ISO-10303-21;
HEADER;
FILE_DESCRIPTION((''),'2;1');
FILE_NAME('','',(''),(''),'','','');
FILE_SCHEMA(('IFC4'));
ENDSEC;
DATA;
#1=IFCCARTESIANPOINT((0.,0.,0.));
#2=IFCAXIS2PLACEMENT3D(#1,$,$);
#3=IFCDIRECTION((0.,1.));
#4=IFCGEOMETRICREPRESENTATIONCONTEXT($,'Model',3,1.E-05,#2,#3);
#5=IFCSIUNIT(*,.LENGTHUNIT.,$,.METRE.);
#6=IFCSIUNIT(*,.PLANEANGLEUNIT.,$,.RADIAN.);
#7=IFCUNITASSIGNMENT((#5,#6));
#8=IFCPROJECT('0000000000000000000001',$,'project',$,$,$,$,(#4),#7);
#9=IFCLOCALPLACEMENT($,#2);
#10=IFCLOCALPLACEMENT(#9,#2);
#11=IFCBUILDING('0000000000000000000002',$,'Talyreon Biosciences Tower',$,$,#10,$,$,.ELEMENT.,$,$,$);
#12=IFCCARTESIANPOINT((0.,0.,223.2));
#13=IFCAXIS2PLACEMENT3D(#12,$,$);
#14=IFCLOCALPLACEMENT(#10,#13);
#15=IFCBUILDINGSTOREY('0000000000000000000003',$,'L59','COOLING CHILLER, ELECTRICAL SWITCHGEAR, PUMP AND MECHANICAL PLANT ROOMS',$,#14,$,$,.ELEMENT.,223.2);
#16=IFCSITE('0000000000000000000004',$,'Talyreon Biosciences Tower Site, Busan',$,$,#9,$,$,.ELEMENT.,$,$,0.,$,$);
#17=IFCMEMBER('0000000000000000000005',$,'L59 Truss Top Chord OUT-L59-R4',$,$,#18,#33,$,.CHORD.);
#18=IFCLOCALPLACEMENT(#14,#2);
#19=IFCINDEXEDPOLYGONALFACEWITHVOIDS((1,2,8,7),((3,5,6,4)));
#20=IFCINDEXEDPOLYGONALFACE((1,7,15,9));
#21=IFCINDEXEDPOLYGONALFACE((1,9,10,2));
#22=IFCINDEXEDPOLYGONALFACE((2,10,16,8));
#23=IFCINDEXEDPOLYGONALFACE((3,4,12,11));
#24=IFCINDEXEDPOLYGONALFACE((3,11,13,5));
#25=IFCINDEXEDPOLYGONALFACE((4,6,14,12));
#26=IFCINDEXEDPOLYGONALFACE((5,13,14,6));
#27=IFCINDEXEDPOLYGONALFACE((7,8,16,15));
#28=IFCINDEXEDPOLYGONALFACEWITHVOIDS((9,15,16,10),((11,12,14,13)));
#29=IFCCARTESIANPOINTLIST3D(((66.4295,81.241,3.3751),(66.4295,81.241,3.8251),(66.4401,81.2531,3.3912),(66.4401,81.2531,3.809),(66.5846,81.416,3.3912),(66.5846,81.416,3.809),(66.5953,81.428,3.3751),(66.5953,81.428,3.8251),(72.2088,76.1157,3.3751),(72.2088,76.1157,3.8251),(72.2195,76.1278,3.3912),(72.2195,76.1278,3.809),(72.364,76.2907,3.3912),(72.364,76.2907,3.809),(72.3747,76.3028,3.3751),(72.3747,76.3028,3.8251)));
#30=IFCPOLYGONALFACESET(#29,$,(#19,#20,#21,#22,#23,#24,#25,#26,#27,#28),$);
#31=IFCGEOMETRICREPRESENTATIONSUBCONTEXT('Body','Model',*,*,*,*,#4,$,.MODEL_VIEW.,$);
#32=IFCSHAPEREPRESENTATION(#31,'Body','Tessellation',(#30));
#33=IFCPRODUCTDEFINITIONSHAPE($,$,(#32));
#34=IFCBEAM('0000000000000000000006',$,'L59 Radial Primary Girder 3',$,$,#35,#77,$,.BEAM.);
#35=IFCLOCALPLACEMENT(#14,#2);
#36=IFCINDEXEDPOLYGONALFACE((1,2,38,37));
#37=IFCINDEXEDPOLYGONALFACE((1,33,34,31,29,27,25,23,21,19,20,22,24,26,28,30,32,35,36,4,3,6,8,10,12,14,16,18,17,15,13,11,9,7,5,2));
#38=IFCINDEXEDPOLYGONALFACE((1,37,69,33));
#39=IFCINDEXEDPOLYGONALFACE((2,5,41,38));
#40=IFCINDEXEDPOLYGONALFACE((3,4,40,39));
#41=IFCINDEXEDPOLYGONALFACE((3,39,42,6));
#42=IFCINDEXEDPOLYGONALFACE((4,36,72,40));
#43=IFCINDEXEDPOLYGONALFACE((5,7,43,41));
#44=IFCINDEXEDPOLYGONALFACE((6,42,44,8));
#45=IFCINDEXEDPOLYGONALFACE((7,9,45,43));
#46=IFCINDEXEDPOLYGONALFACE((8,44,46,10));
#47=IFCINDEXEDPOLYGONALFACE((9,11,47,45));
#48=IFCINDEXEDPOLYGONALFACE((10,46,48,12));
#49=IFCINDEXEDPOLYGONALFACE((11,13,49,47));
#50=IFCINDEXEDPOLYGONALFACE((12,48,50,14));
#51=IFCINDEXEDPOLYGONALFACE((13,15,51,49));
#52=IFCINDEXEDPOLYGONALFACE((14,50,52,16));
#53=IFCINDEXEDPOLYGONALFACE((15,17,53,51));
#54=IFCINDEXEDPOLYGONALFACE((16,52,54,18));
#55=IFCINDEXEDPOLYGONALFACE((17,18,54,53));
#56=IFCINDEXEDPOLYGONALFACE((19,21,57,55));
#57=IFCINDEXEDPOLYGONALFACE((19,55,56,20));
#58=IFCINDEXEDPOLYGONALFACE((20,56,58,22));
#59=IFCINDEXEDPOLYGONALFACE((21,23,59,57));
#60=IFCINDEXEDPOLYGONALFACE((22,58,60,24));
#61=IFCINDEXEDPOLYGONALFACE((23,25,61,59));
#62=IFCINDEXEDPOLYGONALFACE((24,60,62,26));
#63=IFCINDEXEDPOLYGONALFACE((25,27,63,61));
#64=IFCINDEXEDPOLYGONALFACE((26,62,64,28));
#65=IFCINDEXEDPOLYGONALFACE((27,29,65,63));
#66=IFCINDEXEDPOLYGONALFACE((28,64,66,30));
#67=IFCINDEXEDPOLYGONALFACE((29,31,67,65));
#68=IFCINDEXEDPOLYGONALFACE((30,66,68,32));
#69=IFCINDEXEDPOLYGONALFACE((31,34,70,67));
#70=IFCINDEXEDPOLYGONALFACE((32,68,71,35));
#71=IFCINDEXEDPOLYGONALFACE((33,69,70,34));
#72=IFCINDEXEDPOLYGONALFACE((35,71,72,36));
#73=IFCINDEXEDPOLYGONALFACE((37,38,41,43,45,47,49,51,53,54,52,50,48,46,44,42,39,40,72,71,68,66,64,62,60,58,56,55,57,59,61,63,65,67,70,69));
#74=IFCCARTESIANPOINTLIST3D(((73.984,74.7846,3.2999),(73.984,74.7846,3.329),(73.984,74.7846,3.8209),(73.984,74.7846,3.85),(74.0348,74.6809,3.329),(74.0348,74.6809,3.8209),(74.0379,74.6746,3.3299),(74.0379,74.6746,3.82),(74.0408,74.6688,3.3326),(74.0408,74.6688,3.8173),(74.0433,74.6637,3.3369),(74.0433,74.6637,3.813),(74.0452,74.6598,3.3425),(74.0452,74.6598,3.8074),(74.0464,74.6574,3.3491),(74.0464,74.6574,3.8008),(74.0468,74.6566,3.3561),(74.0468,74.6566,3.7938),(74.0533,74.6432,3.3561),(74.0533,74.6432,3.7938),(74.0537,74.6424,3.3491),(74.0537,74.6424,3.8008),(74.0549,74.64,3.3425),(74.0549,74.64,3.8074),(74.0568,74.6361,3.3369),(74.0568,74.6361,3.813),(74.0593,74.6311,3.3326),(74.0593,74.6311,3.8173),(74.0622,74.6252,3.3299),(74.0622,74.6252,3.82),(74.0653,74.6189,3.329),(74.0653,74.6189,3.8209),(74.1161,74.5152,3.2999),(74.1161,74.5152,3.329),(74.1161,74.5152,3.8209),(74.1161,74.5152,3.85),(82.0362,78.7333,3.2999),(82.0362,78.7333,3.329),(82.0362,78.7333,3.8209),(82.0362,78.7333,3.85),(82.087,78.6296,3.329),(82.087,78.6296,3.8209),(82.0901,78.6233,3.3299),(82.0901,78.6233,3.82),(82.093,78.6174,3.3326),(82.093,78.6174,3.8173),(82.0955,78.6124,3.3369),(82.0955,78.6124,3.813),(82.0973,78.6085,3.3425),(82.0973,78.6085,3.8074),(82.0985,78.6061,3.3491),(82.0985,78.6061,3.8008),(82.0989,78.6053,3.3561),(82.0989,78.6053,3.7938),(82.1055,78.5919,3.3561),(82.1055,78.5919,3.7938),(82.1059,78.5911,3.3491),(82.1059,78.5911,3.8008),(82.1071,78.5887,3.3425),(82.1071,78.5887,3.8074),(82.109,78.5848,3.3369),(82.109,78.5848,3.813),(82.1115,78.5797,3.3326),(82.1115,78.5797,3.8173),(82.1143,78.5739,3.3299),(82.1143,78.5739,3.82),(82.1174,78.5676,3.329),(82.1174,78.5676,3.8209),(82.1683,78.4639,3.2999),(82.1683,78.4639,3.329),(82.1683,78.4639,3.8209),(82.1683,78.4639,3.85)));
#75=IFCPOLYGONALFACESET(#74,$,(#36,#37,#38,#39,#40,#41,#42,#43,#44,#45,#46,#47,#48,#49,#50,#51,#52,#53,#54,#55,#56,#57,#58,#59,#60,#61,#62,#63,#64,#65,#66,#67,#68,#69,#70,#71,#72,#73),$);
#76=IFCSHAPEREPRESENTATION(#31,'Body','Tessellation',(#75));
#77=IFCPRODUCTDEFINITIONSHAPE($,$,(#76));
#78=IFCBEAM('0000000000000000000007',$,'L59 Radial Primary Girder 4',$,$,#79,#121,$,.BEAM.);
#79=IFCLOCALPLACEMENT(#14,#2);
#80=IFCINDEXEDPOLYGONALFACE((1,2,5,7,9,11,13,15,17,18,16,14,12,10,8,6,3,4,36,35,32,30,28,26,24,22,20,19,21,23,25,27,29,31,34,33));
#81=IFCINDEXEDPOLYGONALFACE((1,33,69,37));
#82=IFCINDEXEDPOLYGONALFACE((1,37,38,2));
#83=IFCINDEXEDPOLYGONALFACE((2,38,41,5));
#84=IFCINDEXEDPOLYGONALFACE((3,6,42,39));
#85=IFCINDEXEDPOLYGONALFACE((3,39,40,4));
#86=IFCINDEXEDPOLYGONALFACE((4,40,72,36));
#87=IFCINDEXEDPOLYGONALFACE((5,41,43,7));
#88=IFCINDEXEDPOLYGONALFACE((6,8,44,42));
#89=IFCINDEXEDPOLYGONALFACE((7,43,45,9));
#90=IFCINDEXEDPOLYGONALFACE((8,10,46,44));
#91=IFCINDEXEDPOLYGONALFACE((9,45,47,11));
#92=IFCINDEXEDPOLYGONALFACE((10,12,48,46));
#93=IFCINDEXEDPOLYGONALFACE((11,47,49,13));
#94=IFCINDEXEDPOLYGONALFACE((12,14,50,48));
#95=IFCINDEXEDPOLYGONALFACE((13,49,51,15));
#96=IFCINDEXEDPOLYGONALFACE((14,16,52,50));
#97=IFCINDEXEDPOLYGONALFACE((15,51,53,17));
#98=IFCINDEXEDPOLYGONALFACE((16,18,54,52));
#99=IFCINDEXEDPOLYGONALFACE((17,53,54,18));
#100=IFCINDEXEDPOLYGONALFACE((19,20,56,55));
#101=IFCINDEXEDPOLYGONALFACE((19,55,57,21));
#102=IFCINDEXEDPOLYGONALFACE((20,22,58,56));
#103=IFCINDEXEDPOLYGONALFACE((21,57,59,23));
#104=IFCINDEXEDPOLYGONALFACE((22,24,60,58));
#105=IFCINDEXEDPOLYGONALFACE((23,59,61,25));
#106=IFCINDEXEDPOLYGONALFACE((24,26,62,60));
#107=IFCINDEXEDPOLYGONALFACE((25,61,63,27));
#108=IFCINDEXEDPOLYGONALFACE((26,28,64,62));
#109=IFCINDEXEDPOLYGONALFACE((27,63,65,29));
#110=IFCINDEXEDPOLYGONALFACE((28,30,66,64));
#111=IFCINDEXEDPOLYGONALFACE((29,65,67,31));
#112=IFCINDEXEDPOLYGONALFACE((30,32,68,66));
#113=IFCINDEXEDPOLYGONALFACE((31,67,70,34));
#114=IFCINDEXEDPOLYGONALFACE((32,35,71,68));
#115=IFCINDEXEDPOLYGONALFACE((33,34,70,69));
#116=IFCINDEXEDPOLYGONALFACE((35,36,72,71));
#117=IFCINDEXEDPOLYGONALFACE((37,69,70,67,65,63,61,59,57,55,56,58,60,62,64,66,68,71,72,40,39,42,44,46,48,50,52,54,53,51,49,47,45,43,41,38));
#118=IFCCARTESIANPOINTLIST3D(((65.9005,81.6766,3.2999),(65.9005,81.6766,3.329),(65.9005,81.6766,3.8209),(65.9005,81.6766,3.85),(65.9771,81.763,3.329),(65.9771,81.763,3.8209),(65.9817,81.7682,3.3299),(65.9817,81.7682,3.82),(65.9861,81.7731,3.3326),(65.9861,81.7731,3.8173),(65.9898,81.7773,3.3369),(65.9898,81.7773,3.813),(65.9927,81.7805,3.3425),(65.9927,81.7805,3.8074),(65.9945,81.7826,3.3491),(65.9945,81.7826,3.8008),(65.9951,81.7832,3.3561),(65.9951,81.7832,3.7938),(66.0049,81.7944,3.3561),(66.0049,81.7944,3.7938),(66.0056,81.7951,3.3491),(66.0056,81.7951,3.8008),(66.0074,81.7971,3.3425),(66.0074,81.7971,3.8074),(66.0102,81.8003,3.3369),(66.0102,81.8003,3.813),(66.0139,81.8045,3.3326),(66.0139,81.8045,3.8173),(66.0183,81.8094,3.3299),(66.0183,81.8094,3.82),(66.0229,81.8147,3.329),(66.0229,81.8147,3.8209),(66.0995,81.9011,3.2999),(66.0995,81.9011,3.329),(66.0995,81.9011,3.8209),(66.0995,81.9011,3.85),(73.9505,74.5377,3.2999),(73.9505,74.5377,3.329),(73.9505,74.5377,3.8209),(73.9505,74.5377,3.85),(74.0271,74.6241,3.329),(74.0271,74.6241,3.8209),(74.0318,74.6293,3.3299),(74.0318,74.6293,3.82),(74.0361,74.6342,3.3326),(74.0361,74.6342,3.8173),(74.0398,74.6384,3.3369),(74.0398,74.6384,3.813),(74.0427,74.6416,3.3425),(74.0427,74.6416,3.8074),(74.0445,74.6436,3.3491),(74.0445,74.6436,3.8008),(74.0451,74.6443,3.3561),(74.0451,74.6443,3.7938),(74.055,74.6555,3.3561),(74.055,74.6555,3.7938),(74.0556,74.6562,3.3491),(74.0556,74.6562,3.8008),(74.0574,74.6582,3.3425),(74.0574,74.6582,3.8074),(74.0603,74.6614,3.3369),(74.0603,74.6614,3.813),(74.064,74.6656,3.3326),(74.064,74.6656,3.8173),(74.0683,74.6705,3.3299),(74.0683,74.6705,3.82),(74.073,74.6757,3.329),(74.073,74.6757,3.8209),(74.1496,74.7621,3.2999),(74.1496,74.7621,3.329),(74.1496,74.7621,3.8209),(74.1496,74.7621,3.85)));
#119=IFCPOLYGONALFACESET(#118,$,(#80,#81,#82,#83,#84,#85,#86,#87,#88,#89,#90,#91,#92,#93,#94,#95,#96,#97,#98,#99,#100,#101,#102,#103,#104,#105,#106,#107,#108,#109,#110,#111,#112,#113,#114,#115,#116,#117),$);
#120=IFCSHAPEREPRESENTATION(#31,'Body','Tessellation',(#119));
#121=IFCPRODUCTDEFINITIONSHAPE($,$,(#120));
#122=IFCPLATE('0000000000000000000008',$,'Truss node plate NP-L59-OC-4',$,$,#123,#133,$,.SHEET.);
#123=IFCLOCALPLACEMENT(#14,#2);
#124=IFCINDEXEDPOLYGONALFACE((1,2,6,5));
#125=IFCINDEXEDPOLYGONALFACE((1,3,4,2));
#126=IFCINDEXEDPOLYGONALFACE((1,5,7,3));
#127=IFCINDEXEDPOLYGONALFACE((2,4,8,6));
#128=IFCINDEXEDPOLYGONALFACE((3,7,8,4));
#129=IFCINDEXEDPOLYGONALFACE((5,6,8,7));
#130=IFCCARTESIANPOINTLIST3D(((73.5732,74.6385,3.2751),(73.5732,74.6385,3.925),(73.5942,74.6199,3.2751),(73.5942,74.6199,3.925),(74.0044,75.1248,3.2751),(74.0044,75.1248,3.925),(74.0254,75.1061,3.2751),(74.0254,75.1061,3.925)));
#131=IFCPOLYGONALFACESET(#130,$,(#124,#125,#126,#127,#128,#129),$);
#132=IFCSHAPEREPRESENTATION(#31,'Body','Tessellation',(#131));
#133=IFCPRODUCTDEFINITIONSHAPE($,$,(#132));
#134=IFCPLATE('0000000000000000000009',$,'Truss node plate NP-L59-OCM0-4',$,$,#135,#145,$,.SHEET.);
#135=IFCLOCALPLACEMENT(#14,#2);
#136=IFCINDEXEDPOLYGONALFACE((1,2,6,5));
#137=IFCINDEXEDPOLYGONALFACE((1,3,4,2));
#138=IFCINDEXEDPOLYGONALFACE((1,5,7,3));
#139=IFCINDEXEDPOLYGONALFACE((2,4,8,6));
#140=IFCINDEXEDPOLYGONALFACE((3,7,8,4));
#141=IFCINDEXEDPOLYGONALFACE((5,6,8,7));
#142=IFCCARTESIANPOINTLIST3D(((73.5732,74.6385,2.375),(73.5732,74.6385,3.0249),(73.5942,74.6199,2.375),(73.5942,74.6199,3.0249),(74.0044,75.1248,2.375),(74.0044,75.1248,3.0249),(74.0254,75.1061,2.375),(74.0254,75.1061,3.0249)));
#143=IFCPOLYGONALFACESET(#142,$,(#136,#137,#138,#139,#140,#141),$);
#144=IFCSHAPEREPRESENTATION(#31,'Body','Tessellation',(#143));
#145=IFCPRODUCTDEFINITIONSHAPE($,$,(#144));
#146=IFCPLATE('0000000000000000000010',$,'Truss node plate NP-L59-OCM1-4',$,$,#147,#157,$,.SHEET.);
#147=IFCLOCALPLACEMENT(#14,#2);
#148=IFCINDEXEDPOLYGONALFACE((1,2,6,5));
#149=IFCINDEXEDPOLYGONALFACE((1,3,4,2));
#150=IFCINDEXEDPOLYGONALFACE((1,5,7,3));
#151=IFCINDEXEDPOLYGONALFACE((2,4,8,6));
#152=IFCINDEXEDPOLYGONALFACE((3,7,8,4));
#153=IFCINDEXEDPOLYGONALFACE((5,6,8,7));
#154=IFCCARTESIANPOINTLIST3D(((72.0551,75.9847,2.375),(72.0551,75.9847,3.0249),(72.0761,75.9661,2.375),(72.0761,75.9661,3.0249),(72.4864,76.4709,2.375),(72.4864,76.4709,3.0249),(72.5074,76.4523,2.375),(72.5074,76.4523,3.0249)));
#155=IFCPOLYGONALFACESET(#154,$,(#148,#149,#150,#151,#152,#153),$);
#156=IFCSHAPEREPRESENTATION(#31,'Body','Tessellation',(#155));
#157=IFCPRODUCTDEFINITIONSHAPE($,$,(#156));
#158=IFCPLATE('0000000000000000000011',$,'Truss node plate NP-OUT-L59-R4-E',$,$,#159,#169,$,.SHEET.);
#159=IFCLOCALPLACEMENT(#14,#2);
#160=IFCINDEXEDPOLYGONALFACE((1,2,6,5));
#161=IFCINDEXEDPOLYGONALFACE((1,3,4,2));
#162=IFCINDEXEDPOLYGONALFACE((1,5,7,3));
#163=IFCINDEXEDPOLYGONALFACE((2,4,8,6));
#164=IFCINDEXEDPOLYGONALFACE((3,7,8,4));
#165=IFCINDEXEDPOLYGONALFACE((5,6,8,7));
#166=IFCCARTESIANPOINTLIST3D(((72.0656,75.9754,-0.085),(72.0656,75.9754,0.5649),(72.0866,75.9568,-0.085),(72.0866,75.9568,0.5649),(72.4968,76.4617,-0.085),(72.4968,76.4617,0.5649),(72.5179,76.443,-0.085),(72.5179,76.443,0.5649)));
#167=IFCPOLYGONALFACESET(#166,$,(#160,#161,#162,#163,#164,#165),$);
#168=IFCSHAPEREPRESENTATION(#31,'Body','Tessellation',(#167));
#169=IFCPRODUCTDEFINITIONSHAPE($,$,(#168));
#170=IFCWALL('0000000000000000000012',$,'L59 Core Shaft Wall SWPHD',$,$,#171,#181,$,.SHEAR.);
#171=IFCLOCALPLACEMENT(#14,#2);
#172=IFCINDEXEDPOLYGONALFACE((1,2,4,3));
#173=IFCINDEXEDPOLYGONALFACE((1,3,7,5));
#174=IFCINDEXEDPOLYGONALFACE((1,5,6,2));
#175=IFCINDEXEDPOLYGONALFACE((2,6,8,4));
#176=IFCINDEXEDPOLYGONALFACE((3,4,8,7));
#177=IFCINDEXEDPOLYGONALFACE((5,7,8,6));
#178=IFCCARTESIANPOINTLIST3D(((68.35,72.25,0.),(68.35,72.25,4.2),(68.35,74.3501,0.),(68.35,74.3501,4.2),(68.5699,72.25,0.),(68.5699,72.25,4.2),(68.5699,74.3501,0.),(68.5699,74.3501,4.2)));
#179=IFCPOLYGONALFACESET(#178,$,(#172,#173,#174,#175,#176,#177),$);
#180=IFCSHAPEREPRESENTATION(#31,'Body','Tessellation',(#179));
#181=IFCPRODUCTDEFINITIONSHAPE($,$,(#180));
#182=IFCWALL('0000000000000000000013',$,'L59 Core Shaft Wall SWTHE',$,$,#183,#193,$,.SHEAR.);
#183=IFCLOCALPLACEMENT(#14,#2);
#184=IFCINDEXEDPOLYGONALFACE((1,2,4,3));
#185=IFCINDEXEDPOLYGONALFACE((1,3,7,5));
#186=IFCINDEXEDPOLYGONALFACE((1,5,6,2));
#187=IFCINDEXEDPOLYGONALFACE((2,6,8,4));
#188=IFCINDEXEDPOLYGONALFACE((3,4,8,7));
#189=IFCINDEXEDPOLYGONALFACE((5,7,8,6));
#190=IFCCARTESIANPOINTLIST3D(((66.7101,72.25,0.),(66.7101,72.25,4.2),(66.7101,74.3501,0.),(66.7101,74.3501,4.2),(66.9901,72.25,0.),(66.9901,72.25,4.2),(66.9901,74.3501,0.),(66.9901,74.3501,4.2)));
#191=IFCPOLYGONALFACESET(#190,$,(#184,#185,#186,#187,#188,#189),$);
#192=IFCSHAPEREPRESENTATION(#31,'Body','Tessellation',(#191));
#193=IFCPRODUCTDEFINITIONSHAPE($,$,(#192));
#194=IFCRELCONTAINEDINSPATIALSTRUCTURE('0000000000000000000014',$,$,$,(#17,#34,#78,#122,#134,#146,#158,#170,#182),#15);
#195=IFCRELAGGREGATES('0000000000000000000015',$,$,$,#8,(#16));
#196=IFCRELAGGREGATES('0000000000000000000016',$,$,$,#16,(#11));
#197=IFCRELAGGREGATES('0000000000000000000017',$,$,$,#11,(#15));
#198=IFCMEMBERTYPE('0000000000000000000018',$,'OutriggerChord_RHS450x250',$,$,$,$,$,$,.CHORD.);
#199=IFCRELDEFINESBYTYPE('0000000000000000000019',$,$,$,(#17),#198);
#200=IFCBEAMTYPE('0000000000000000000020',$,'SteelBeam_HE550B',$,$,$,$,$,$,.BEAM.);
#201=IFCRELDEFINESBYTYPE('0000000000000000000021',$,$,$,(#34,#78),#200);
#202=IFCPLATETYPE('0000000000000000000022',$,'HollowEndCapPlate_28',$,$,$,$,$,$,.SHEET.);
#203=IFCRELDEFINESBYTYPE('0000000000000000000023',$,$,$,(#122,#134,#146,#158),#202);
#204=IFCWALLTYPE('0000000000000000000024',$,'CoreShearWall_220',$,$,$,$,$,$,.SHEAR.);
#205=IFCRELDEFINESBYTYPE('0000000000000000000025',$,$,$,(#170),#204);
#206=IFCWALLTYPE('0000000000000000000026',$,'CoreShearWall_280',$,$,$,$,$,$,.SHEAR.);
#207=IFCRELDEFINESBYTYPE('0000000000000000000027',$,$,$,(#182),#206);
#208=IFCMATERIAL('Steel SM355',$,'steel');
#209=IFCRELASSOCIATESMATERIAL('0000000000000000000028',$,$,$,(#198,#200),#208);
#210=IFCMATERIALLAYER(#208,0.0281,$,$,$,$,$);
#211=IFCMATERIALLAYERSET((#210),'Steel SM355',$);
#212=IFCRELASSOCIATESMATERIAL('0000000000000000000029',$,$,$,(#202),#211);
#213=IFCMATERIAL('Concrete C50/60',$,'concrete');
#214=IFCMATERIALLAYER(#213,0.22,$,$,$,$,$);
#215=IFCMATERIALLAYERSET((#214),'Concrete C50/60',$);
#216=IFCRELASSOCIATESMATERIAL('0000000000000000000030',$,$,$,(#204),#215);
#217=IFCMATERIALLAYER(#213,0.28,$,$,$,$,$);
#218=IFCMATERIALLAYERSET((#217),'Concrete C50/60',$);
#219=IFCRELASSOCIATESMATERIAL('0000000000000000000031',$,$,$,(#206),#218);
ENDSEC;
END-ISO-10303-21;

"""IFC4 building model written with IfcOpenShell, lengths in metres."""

from ifc_helpers import new_model, si_unit, direction, frame, frame_2d, origin, origin_2d, place, context, subcontext, project, spatial, rectangle, hollow_rectangle, i_section, extrude, material, layer, layer_set, material_profile, profile_set, type_object, element, save


model = new_model("IFC4")

# Units and contexts
model_context = context("Model", 3, precision=1e-05, world=origin(), true_north=direction((0.0, 1.0)))
body_context = subcontext(model_context, "Body", "Model", "MODEL_VIEW")
ifc_project = project(units=[si_unit("LENGTHUNIT", "METRE"), si_unit("PLANEANGLEUNIT", "RADIAN")], contexts=[model_context])

# Site, building, storey
site_placement = place(None, origin())
site = spatial("IfcSite", under=ifc_project, at=site_placement, Name="Talyreon Biosciences Tower Site, Busan", CompositionType="ELEMENT", RefElevation=0.0)
building_placement = place(site_placement, origin())
building = spatial("IfcBuilding", under=site, at=building_placement, Name="Talyreon Biosciences Tower", CompositionType="ELEMENT")
storey_placement = place(building_placement, frame((0.0, 0.0, 223.2)))
storey = spatial("IfcBuildingStorey", under=building, at=storey_placement, Name="L59", Description="COOLING CHILLER, ELECTRICAL SWITCHGEAR, PUMP AND MECHANICAL PLANT ROOMS", CompositionType="ELEMENT", Elevation=223.2)

# Shared definitions
ifc_material_1 = material(Name="Concrete C50/60", Category="concrete")

# Member
ifc_material_2 = material(Name="Steel SM355", Category="steel")
ifc_material_profile_1 = material_profile(ifc_material_2, hollow_rectangle(XDim=0.25, YDim=0.45, WallThickness=0.0161, at=origin_2d()), Name="RHS 450x250x16")
ifc_profile_set_1 = profile_set([ifc_material_profile_1], Name="Steel SM355")
member_type_1 = type_object("IfcMemberType", Name="OutriggerChord_RHS450x250", PredefinedType="CHORD", material=ifc_profile_set_1)
for number, where, z_axis, x_axis, name in (
    (1, (72.2917, 76.2092, 3.6001), (-0.748174, 0.663502, 0.0), (-0.663502, -0.748174, 0.0), "L59 Truss Top Chord OUT-L59-R4"),
):
    element("IfcMember", number, at=place(storey_placement, frame(where, z_axis=z_axis, x_axis=x_axis)), inside=storey, type_object=member_type_1, Name=name, PredefinedType="CHORD", context=body_context, shape_type="SweptSolid", body=[
        extrude(hollow_rectangle(XDim=0.25, YDim=0.45, WallThickness=0.0161, at=origin_2d()), origin(), (0.0, 0.0, 1.0), 7.7246),
    ])

# Beams
ifc_material_profile_2 = material_profile(ifc_material_2, i_section(OverallWidth=0.3, OverallDepth=0.55, WebThickness=0.0149, FlangeThickness=0.0291, FilletRadius=0.0271, at=origin_2d()), Name="HE550B")
ifc_profile_set_2 = profile_set([ifc_material_profile_2], Name="Steel SM355")
beam_type = type_object("IfcBeamType", Name="SteelBeam_HE550B", PredefinedType="BEAM", material=ifc_profile_set_2)
beam_1_placement = place(storey_placement, frame((74.05, 74.6499, 3.575), z_axis=(0.897852, 0.440297, 0.0), x_axis=(-0.440297, 0.897852, 0.0)))
element("IfcBeam", 2, at=beam_1_placement, inside=storey, type_object=beam_type, Name="L59 Radial Primary Girder 3", PredefinedType="BEAM", context=body_context, shape_type="SweptSolid", body=[
    extrude(i_section(OverallWidth=0.3, OverallDepth=0.55, WebThickness=0.0149, FlangeThickness=0.0291, FilletRadius=0.0271, at=origin_2d()), origin(), (0.0, 0.0, 1.0), 8.9683),
])
beam_2_placement = place(storey_placement, frame((74.05, 74.6499, 3.575), z_axis=(-0.748179, 0.663497, 0.0), x_axis=(-0.663497, -0.748179, 0.0)))
element("IfcBeam", 3, at=beam_2_placement, inside=storey, type_object=beam_type, Name="L59 Radial Primary Girder 4", PredefinedType="BEAM", context=body_context, shape_type="SweptSolid", body=[
    extrude(i_section(OverallWidth=0.3, OverallDepth=0.55, WebThickness=0.0149, FlangeThickness=0.0291, FilletRadius=0.0271, at=origin_2d()), origin(), (0.0, 0.0, 1.0), 10.7595),
])

# Plates
ifc_layer_1 = layer(ifc_material_2, 0.0281)
ifc_layer_set_1 = layer_set([ifc_layer_1], Name="Steel SM355")
plate_type = type_object("IfcPlateType", Name="HollowEndCapPlate_28", PredefinedType="SHEET", material=ifc_layer_set_1)
for number, where, z_axis, x_axis, name in (
    (4, (73.7993, 74.8723, 3.2751), (0.0, 0.0, 1.0), (-0.663495, -0.74818, 0.0), "Truss node plate NP-L59-OC-4"),
    (5, (73.7993, 74.8723, 2.375), (0.0, 0.0, 1.0), (-0.663495, -0.74818, 0.0), "Truss node plate NP-L59-OCM0-4"),
    (6, (72.2812, 76.2185, 2.375), (0.0, 0.0, 1.0), (-0.663495, -0.74818, 0.0), "Truss node plate NP-L59-OCM1-4"),
    (7, (72.2917, 76.2092, -0.085), (0.0, 0.0, 1.0), (-0.663495, -0.74818, 0.0), "Truss node plate NP-OUT-L59-R4-E"),
):
    element("IfcPlate", number, at=place(storey_placement, frame(where, z_axis=z_axis, x_axis=x_axis)), inside=storey, type_object=plate_type, Name=name, PredefinedType="SHEET", context=body_context, shape_type="SweptSolid", body=[
        extrude(rectangle(XDim=0.6499, YDim=0.0281, at=origin_2d()), origin(), (0.0, 0.0, 1.0), 0.6499),
    ])

# Walls
ifc_layer_2 = layer(ifc_material_1, 0.22)
ifc_layer_set_2 = layer_set([ifc_layer_2], Name="Concrete C50/60")
wall_type_1 = type_object("IfcWallType", Name="CoreShearWall_220", PredefinedType="SHEAR", material=ifc_layer_set_2)
wall_1_placement = place(storey_placement, frame((68.46, 72.25, 0.0), z_axis=(0.0, 0.0, 1.0), x_axis=(0.0, 1.0, 0.0)))
element("IfcWall", 8, at=wall_1_placement, inside=storey, type_object=wall_type_1, Name="L59 Core Shaft Wall SWPHD", PredefinedType="SHEAR", context=body_context, shape_type="SweptSolid", body=[
    extrude(rectangle(XDim=2.1001, YDim=0.22, at=frame_2d((1.05, 0.0))), origin(), (0.0, 0.0, 1.0), 4.2),
])
ifc_layer_3 = layer(ifc_material_1, 0.28)
ifc_layer_set_3 = layer_set([ifc_layer_3], Name="Concrete C50/60")
wall_type_2 = type_object("IfcWallType", Name="CoreShearWall_280", PredefinedType="SHEAR", material=ifc_layer_set_3)
wall_2_placement = place(storey_placement, frame((66.8501, 72.25, 0.0), z_axis=(0.0, 0.0, 1.0), x_axis=(0.0, 1.0, 0.0)))
element("IfcWall", 9, at=wall_2_placement, inside=storey, type_object=wall_type_2, Name="L59 Core Shaft Wall SWTHE", PredefinedType="SHEAR", context=body_context, shape_type="SweptSolid", body=[
    extrude(rectangle(XDim=2.1001, YDim=0.28, at=frame_2d((1.05, 0.0))), origin(), (0.0, 0.0, 1.0), 4.2),
])

save(model, "model.ifc")
